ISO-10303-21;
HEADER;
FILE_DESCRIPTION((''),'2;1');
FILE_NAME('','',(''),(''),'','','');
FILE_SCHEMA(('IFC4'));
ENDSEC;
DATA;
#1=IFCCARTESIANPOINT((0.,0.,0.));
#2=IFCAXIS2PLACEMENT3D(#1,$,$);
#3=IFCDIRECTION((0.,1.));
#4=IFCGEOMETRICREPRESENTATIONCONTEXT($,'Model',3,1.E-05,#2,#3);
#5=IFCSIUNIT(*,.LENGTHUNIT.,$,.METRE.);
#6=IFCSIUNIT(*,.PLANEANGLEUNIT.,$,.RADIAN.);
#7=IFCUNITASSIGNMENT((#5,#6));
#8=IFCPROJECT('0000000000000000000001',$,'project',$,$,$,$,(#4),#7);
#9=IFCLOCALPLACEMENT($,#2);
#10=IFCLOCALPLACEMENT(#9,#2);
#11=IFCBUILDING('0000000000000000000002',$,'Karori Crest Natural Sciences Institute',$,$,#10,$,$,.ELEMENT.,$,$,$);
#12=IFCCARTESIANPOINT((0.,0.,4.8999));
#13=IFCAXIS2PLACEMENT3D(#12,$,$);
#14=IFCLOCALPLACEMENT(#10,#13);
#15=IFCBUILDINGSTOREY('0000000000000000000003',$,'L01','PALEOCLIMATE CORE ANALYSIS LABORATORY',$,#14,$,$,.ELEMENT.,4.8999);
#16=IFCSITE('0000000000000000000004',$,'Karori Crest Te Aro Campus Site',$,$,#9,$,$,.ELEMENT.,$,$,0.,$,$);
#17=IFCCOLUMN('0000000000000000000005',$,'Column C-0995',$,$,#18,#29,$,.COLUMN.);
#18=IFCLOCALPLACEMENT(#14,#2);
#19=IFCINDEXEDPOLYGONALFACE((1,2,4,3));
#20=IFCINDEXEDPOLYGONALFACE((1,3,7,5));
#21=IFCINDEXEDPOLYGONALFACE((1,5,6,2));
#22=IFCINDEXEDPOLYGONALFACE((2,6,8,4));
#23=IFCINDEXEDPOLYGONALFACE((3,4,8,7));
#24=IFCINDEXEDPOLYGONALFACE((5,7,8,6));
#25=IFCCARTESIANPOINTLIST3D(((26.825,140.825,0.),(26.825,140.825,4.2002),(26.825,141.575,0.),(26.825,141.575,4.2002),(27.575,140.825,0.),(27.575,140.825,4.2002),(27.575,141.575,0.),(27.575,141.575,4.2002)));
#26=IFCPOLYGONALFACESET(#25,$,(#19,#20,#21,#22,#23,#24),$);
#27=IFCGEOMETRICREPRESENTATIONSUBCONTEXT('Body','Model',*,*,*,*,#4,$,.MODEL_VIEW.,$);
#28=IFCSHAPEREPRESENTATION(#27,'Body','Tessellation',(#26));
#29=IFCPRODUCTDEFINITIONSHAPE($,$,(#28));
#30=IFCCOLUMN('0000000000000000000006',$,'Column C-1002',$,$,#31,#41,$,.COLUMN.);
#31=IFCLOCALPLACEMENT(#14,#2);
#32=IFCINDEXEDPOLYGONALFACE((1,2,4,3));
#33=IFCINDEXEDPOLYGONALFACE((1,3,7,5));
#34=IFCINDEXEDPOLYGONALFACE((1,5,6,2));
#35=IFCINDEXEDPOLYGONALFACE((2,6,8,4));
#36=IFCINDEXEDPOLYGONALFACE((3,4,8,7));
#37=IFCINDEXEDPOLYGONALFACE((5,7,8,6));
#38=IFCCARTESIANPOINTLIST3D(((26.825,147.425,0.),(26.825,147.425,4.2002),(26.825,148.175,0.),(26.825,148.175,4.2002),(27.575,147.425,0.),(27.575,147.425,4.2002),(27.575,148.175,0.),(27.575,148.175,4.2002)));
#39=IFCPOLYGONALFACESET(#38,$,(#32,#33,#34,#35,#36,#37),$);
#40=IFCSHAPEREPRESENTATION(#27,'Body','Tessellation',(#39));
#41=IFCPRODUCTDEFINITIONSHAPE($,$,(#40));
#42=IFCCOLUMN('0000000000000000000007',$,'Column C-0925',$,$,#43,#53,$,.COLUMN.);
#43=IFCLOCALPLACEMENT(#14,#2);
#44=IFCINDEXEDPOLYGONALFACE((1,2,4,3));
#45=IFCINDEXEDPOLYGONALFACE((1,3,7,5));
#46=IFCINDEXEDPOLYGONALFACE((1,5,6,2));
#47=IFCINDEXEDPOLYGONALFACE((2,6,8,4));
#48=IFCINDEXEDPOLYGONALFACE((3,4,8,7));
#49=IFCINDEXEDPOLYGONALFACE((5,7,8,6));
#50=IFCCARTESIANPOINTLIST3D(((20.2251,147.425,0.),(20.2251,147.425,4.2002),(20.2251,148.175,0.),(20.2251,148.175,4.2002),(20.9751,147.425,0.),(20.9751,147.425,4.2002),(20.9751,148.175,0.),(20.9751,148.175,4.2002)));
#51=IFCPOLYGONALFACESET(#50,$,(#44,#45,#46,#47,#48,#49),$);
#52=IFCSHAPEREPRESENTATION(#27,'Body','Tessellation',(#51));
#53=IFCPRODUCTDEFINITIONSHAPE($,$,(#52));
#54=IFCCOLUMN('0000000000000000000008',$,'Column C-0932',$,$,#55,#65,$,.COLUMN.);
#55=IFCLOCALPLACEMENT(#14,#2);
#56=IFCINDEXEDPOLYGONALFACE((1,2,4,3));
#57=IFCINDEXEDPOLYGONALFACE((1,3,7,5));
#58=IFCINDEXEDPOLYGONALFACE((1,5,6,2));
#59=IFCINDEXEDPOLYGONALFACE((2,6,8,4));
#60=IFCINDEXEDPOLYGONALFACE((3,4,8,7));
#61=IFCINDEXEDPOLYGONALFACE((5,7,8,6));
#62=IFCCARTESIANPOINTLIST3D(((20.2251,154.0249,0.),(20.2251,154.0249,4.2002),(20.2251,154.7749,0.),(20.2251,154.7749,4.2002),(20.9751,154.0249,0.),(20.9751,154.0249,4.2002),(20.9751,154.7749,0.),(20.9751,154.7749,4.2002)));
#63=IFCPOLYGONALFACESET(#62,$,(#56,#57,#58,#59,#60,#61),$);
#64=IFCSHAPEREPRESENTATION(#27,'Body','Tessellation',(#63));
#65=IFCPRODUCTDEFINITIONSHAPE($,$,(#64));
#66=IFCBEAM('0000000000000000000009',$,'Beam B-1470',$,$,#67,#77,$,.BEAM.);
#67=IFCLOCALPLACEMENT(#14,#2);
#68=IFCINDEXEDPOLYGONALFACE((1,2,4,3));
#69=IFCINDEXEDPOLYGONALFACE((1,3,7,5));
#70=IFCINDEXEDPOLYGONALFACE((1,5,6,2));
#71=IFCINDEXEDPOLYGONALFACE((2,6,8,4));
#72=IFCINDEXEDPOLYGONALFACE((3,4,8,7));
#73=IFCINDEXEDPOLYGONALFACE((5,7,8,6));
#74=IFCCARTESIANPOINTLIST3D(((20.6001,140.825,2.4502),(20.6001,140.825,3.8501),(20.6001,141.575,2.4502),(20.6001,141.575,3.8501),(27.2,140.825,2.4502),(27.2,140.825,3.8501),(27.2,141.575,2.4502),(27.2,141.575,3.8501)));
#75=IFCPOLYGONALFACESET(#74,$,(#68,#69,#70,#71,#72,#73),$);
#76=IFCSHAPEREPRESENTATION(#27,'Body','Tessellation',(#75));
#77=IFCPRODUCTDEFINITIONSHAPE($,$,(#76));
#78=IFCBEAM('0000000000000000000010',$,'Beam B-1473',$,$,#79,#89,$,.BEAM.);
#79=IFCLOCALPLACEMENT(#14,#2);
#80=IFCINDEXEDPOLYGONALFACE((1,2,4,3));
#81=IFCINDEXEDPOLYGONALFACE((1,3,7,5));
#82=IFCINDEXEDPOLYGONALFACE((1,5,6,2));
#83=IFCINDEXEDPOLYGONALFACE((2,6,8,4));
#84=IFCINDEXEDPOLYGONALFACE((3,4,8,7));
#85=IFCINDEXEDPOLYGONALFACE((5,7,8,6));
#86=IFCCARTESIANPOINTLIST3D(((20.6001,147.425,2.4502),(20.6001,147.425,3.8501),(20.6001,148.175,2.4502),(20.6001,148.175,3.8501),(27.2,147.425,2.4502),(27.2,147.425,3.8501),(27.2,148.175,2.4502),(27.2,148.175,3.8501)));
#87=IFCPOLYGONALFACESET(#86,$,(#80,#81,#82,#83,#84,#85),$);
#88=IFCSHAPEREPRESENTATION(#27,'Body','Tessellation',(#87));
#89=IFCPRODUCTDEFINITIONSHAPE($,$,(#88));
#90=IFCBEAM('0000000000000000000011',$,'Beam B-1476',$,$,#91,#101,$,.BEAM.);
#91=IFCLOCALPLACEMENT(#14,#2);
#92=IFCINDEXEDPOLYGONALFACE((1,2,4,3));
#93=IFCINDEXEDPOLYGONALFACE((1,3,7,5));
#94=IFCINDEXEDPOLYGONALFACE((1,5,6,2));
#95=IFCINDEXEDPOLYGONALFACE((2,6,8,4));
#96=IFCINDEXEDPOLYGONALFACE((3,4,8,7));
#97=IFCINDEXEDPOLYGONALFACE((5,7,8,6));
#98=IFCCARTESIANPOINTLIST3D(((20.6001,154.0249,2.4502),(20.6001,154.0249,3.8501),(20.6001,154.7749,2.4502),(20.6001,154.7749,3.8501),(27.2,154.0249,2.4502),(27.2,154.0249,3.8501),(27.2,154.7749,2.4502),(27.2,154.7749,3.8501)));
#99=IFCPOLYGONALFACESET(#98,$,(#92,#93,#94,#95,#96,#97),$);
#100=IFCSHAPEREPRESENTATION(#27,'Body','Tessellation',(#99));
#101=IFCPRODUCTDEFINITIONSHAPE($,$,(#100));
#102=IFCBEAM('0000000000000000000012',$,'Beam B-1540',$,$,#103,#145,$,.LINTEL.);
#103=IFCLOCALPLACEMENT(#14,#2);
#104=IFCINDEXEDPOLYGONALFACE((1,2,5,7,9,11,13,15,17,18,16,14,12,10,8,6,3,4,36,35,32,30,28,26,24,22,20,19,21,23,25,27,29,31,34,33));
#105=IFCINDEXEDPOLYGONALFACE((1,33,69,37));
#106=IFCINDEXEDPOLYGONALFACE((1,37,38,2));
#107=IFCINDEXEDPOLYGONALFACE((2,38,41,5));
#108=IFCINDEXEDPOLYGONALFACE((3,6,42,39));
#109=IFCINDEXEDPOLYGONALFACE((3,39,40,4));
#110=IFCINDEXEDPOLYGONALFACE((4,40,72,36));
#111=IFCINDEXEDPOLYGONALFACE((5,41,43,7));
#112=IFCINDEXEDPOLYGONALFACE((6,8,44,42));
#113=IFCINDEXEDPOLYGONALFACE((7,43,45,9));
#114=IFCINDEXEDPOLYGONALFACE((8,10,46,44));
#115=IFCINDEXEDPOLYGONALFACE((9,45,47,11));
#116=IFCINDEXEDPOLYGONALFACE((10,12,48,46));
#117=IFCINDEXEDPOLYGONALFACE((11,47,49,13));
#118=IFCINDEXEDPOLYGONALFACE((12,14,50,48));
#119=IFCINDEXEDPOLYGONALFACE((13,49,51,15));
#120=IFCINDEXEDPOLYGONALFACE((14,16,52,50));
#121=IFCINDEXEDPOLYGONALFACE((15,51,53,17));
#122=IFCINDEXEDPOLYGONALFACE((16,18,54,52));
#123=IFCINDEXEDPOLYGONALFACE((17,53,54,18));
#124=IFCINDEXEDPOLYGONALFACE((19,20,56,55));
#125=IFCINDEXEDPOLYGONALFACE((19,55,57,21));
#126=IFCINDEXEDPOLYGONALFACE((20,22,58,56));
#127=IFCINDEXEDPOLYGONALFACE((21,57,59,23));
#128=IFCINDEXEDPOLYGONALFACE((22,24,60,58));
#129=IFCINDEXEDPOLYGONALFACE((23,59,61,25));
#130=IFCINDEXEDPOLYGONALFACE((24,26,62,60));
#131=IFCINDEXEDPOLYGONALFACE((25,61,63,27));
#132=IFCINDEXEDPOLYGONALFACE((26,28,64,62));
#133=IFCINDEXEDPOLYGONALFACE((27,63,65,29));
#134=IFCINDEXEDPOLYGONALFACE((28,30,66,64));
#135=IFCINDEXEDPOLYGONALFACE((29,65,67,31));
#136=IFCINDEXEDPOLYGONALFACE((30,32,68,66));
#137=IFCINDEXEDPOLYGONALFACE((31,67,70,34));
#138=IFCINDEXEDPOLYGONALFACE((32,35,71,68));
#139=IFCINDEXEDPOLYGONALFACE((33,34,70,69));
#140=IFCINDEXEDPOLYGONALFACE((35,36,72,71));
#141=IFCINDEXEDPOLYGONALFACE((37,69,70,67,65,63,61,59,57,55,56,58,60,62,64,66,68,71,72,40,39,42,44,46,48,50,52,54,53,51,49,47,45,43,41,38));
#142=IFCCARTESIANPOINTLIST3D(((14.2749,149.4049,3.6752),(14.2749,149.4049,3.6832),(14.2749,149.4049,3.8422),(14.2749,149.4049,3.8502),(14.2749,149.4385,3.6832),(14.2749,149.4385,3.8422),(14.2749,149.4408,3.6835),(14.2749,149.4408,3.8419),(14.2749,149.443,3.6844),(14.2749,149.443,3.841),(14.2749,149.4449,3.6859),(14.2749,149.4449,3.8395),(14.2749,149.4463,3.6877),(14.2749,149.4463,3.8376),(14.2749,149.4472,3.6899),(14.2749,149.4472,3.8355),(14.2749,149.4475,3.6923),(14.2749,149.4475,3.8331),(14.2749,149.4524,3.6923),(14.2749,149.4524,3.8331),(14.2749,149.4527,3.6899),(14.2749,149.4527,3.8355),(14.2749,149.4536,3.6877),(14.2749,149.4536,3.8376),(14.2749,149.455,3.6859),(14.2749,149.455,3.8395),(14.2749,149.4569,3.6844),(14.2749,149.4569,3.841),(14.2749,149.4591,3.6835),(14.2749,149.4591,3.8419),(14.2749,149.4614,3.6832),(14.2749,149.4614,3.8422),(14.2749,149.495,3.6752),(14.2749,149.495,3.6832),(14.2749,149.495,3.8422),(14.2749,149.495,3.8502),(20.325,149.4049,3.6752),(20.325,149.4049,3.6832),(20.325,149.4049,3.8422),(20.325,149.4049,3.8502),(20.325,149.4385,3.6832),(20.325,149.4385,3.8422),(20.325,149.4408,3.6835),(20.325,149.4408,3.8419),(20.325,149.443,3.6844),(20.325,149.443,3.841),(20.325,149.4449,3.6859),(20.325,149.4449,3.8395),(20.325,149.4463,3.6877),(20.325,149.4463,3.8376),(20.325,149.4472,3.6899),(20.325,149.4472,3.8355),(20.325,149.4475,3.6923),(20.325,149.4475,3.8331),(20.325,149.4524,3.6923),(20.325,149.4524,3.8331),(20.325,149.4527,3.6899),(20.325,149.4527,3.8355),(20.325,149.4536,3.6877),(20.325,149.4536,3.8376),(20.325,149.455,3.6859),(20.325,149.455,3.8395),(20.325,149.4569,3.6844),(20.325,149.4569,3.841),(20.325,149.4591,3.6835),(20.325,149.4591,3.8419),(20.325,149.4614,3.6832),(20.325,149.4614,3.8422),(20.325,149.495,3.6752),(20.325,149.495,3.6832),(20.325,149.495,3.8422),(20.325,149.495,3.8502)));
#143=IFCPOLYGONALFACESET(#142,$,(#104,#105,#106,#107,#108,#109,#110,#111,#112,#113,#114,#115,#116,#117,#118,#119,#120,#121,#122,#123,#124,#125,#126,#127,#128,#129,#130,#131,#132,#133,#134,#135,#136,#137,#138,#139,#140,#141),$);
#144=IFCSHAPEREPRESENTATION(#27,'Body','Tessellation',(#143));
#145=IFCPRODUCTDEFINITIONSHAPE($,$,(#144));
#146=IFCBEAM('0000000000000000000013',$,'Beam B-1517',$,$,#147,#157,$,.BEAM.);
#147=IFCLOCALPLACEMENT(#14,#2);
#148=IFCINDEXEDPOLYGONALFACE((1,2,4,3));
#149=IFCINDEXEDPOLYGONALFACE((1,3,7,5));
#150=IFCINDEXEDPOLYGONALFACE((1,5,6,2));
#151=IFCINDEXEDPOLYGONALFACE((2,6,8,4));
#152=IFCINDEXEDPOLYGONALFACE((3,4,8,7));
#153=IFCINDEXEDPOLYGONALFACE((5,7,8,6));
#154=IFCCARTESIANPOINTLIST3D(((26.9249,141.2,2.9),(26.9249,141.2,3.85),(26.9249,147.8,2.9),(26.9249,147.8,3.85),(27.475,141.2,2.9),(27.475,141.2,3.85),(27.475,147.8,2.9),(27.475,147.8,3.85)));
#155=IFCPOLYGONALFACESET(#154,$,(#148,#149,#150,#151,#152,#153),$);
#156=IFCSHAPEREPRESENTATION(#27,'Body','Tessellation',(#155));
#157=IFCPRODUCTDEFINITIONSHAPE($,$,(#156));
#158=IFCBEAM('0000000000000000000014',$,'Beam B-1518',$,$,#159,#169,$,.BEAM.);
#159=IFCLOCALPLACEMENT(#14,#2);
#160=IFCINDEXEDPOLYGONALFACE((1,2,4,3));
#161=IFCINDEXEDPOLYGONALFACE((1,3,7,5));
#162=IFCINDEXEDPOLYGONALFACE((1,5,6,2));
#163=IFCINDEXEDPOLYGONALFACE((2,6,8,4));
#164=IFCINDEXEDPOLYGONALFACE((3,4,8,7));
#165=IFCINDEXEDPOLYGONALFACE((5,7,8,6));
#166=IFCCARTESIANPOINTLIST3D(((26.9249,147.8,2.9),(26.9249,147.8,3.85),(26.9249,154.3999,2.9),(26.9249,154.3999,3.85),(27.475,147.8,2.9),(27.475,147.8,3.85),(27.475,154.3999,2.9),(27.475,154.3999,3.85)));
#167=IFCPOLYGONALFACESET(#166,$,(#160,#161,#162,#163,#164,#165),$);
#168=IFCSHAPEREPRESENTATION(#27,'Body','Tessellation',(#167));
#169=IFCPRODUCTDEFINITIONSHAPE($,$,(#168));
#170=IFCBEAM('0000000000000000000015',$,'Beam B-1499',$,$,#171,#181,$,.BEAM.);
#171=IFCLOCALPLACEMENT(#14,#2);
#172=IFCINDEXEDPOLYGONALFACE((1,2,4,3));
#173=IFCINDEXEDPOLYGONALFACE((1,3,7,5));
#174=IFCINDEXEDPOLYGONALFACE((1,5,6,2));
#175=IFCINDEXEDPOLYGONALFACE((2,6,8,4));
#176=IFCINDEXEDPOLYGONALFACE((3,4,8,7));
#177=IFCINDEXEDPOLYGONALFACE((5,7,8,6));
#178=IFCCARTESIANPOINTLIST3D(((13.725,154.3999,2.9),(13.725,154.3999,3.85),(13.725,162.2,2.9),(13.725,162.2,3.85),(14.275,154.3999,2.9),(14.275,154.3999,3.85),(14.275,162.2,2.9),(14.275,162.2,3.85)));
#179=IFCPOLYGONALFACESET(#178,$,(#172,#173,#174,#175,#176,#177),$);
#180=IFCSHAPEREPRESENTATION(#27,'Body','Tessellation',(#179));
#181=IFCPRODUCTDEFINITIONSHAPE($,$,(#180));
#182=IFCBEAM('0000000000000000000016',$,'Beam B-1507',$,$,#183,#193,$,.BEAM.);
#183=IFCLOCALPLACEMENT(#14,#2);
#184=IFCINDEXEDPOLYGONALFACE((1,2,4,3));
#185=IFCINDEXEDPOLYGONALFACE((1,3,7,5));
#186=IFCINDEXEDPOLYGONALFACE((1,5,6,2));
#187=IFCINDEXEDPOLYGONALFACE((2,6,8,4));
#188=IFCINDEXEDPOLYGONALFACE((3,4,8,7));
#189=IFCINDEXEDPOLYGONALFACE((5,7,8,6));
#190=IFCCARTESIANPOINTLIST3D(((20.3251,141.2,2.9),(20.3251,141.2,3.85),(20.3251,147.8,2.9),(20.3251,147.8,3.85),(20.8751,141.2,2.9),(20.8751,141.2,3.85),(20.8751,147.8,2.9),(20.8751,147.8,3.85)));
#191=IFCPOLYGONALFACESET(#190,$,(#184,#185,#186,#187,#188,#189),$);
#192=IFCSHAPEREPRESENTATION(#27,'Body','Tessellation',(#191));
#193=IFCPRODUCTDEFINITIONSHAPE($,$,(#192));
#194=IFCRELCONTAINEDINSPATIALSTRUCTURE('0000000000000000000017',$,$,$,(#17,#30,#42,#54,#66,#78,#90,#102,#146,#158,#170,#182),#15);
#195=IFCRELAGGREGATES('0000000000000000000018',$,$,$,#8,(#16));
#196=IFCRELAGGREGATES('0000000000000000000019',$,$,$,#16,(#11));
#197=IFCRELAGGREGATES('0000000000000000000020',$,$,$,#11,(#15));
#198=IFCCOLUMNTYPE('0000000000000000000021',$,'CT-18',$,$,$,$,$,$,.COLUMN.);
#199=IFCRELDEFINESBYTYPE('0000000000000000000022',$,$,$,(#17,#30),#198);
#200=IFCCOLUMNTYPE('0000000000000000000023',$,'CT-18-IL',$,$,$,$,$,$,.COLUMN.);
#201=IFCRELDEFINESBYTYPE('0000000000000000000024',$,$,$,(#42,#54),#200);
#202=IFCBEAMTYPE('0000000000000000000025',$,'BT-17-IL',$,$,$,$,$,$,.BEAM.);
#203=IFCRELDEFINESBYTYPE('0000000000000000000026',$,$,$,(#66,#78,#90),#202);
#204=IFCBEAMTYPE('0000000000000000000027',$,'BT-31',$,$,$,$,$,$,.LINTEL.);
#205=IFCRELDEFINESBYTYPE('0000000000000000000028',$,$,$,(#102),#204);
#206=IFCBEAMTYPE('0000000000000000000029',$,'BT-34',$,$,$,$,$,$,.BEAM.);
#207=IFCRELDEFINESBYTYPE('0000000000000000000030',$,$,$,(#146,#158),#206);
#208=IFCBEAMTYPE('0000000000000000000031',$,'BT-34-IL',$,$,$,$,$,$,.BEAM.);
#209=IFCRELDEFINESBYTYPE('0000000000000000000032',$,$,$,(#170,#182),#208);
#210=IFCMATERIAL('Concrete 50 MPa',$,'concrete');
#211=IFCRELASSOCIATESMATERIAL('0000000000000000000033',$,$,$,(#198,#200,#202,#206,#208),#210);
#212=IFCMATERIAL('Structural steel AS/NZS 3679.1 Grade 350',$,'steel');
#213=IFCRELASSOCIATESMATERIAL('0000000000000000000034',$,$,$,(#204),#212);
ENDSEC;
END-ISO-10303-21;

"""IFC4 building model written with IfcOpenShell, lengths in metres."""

from ifc_helpers import new_model, si_unit, direction, frame, origin, origin_2d, place, context, subcontext, project, spatial, rectangle, i_section, extrude, material, material_profile, profile_set, type_object, element, save


model = new_model("IFC4")

# Units and contexts
model_context = context("Model", 3, precision=1e-05, world=origin(), true_north=direction((0.0, 1.0)))
body_context = subcontext(model_context, "Body", "Model", "MODEL_VIEW")
ifc_project = project(units=[si_unit("LENGTHUNIT", "METRE"), si_unit("PLANEANGLEUNIT", "RADIAN")], contexts=[model_context])

# Site, building, storey
site_placement = place(None, origin())
site = spatial("IfcSite", under=ifc_project, at=site_placement, Name="Karori Crest Te Aro Campus Site", CompositionType="ELEMENT", RefElevation=0.0)
building_placement = place(site_placement, origin())
building = spatial("IfcBuilding", under=site, at=building_placement, Name="Karori Crest Natural Sciences Institute", CompositionType="ELEMENT")
storey_placement = place(building_placement, frame((0.0, 0.0, 4.8999)))
storey = spatial("IfcBuildingStorey", under=building, at=storey_placement, Name="L01", Description="PALEOCLIMATE CORE ANALYSIS LABORATORY", CompositionType="ELEMENT", Elevation=4.8999)

# Columns
ifc_material_1 = material(Name="Concrete 50 MPa", Category="concrete")
ifc_material_profile_1 = material_profile(ifc_material_1, rectangle(XDim=0.75, YDim=0.75, at=origin_2d()), Name="RC750x750")
ifc_profile_set_1 = profile_set([ifc_material_profile_1], Name="Concrete 50 MPa")
column_type_1 = type_object("IfcColumnType", Name="CT-18", PredefinedType="COLUMN", material=ifc_profile_set_1)
for number, where, z_axis, x_axis, name in (
    (1, (27.2, 141.2, 0.0), (0.0, 0.0, 1.0), (1.0, 0.0, 0.0), "Column C-0995"),
    (2, (27.2, 147.8, 0.0), (0.0, 0.0, 1.0), (1.0, 0.0, 0.0), "Column C-1002"),
):
    element("IfcColumn", number, at=place(storey_placement, frame(where, z_axis=z_axis, x_axis=x_axis)), inside=storey, type_object=column_type_1, Name=name, PredefinedType="COLUMN", context=body_context, shape_type="SweptSolid", body=[
        extrude(rectangle(XDim=0.75, YDim=0.75, at=origin_2d()), origin(), (0.0, 0.0, 1.0), 4.2002),
    ])
ifc_material_profile_2 = material_profile(ifc_material_1, rectangle(XDim=0.75, YDim=0.75, at=origin_2d()), Name="RC750x750")
ifc_profile_set_2 = profile_set([ifc_material_profile_2], Name="Concrete 50 MPa")
column_type_2 = type_object("IfcColumnType", Name="CT-18-IL", PredefinedType="COLUMN", material=ifc_profile_set_2)
for number, where, z_axis, x_axis, name in (
    (3, (20.6001, 147.8, 0.0), (0.0, 0.0, 1.0), (1.0, 0.0, 0.0), "Column C-0925"),
    (4, (20.6001, 154.3999, 0.0), (0.0, 0.0, 1.0), (1.0, 0.0, 0.0), "Column C-0932"),
):
    element("IfcColumn", number, at=place(storey_placement, frame(where, z_axis=z_axis, x_axis=x_axis)), inside=storey, type_object=column_type_2, Name=name, PredefinedType="COLUMN", context=body_context, shape_type="SweptSolid", body=[
        extrude(rectangle(XDim=0.75, YDim=0.75, at=origin_2d()), origin(), (0.0, 0.0, 1.0), 4.2002),
    ])

# Beams
ifc_material_profile_3 = material_profile(ifc_material_1, rectangle(XDim=0.75, YDim=1.3999, at=origin_2d()), Name="RCB750x1400")
ifc_profile_set_3 = profile_set([ifc_material_profile_3], Name="Concrete 50 MPa")
beam_type_1 = type_object("IfcBeamType", Name="BT-17-IL", PredefinedType="BEAM", material=ifc_profile_set_3)
for number, where, z_axis, x_axis, name in (
    (5, (20.6001, 141.2, 3.1501), (1.0, 0.0, 0.0), (0.0, 1.0, 0.0), "Beam B-1470"),
    (6, (20.6001, 147.8, 3.1501), (1.0, 0.0, 0.0), (0.0, 1.0, 0.0), "Beam B-1473"),
    (7, (20.6001, 154.3999, 3.1501), (1.0, 0.0, 0.0), (0.0, 1.0, 0.0), "Beam B-1476"),
):
    element("IfcBeam", number, at=place(storey_placement, frame(where, z_axis=z_axis, x_axis=x_axis)), inside=storey, type_object=beam_type_1, Name=name, PredefinedType="BEAM", context=body_context, shape_type="SweptSolid", body=[
        extrude(rectangle(XDim=0.75, YDim=1.3999, at=origin_2d()), origin(), (0.0, 0.0, 1.0), 6.5999),
    ])
ifc_material_2 = material(Name="Structural steel AS/NZS 3679.1 Grade 350", Category="steel")
ifc_material_profile_4 = material_profile(ifc_material_2, i_section(OverallWidth=0.0901, OverallDepth=0.175, WebThickness=0.0049, FlangeThickness=0.0081, FilletRadius=0.009, at=origin_2d()), Name="180UB18.1")
ifc_profile_set_4 = profile_set([ifc_material_profile_4], Name="Structural steel AS/NZS 3679.1 Grade 350")
beam_type_2 = type_object("IfcBeamType", Name="BT-31", PredefinedType="LINTEL", material=ifc_profile_set_4)
beam_1_placement = place(storey_placement, frame((14.2749, 149.45, 3.7627), z_axis=(1.0, 0.0, 0.0), x_axis=(0.0, 1.0, 0.0)))
element("IfcBeam", 8, at=beam_1_placement, inside=storey, type_object=beam_type_2, Name="Beam B-1540", PredefinedType="LINTEL", context=body_context, shape_type="SweptSolid", body=[
    extrude(i_section(OverallWidth=0.0901, OverallDepth=0.175, WebThickness=0.0049, FlangeThickness=0.0081, FilletRadius=0.009, at=origin_2d()), origin(), (0.0, 0.0, 1.0), 6.05),
])
ifc_material_profile_5 = material_profile(ifc_material_1, rectangle(XDim=0.55, YDim=0.95, at=origin_2d()), Name="RCB550x950")
ifc_profile_set_5 = profile_set([ifc_material_profile_5], Name="Concrete 50 MPa")
beam_type_3 = type_object("IfcBeamType", Name="BT-34", PredefinedType="BEAM", material=ifc_profile_set_5)
beam_2_placement = place(storey_placement, frame((27.2, 141.2, 3.375), z_axis=(0.0, 1.0, 0.0), x_axis=(-1.0, 0.0, 0.0)))
element("IfcBeam", 9, at=beam_2_placement, inside=storey, type_object=beam_type_3, Name="Beam B-1517", PredefinedType="BEAM", context=body_context, shape_type="SweptSolid", body=[
    extrude(rectangle(XDim=0.55, YDim=0.95, at=origin_2d()), origin(), (0.0, 0.0, 1.0), 6.6001),
])
beam_3_placement = place(storey_placement, frame((27.2, 147.8, 3.375), z_axis=(0.0, 1.0, 0.0), x_axis=(-1.0, 0.0, 0.0)))
element("IfcBeam", 10, at=beam_3_placement, inside=storey, type_object=beam_type_3, Name="Beam B-1518", PredefinedType="BEAM", context=body_context, shape_type="SweptSolid", body=[
    extrude(rectangle(XDim=0.55, YDim=0.95, at=origin_2d()), origin(), (0.0, 0.0, 1.0), 6.5999),
])
ifc_material_profile_6 = material_profile(ifc_material_1, rectangle(XDim=0.55, YDim=0.95, at=origin_2d()), Name="RCB550x950")
ifc_profile_set_6 = profile_set([ifc_material_profile_6], Name="Concrete 50 MPa")
beam_type_4 = type_object("IfcBeamType", Name="BT-34-IL", PredefinedType="BEAM", material=ifc_profile_set_6)
beam_4_placement = place(storey_placement, frame((14.0, 154.3999, 3.375), z_axis=(0.0, 1.0, 0.0), x_axis=(-1.0, 0.0, 0.0)))
element("IfcBeam", 11, at=beam_4_placement, inside=storey, type_object=beam_type_4, Name="Beam B-1499", PredefinedType="BEAM", context=body_context, shape_type="SweptSolid", body=[
    extrude(rectangle(XDim=0.55, YDim=0.95, at=origin_2d()), origin(), (0.0, 0.0, 1.0), 7.8),
])
beam_5_placement = place(storey_placement, frame((20.6001, 141.2, 3.375), z_axis=(0.0, 1.0, 0.0), x_axis=(-1.0, 0.0, 0.0)))
element("IfcBeam", 12, at=beam_5_placement, inside=storey, type_object=beam_type_4, Name="Beam B-1507", PredefinedType="BEAM", context=body_context, shape_type="SweptSolid", body=[
    extrude(rectangle(XDim=0.55, YDim=0.95, at=origin_2d()), origin(), (0.0, 0.0, 1.0), 6.6001),
])

save(model, "model.ifc")
